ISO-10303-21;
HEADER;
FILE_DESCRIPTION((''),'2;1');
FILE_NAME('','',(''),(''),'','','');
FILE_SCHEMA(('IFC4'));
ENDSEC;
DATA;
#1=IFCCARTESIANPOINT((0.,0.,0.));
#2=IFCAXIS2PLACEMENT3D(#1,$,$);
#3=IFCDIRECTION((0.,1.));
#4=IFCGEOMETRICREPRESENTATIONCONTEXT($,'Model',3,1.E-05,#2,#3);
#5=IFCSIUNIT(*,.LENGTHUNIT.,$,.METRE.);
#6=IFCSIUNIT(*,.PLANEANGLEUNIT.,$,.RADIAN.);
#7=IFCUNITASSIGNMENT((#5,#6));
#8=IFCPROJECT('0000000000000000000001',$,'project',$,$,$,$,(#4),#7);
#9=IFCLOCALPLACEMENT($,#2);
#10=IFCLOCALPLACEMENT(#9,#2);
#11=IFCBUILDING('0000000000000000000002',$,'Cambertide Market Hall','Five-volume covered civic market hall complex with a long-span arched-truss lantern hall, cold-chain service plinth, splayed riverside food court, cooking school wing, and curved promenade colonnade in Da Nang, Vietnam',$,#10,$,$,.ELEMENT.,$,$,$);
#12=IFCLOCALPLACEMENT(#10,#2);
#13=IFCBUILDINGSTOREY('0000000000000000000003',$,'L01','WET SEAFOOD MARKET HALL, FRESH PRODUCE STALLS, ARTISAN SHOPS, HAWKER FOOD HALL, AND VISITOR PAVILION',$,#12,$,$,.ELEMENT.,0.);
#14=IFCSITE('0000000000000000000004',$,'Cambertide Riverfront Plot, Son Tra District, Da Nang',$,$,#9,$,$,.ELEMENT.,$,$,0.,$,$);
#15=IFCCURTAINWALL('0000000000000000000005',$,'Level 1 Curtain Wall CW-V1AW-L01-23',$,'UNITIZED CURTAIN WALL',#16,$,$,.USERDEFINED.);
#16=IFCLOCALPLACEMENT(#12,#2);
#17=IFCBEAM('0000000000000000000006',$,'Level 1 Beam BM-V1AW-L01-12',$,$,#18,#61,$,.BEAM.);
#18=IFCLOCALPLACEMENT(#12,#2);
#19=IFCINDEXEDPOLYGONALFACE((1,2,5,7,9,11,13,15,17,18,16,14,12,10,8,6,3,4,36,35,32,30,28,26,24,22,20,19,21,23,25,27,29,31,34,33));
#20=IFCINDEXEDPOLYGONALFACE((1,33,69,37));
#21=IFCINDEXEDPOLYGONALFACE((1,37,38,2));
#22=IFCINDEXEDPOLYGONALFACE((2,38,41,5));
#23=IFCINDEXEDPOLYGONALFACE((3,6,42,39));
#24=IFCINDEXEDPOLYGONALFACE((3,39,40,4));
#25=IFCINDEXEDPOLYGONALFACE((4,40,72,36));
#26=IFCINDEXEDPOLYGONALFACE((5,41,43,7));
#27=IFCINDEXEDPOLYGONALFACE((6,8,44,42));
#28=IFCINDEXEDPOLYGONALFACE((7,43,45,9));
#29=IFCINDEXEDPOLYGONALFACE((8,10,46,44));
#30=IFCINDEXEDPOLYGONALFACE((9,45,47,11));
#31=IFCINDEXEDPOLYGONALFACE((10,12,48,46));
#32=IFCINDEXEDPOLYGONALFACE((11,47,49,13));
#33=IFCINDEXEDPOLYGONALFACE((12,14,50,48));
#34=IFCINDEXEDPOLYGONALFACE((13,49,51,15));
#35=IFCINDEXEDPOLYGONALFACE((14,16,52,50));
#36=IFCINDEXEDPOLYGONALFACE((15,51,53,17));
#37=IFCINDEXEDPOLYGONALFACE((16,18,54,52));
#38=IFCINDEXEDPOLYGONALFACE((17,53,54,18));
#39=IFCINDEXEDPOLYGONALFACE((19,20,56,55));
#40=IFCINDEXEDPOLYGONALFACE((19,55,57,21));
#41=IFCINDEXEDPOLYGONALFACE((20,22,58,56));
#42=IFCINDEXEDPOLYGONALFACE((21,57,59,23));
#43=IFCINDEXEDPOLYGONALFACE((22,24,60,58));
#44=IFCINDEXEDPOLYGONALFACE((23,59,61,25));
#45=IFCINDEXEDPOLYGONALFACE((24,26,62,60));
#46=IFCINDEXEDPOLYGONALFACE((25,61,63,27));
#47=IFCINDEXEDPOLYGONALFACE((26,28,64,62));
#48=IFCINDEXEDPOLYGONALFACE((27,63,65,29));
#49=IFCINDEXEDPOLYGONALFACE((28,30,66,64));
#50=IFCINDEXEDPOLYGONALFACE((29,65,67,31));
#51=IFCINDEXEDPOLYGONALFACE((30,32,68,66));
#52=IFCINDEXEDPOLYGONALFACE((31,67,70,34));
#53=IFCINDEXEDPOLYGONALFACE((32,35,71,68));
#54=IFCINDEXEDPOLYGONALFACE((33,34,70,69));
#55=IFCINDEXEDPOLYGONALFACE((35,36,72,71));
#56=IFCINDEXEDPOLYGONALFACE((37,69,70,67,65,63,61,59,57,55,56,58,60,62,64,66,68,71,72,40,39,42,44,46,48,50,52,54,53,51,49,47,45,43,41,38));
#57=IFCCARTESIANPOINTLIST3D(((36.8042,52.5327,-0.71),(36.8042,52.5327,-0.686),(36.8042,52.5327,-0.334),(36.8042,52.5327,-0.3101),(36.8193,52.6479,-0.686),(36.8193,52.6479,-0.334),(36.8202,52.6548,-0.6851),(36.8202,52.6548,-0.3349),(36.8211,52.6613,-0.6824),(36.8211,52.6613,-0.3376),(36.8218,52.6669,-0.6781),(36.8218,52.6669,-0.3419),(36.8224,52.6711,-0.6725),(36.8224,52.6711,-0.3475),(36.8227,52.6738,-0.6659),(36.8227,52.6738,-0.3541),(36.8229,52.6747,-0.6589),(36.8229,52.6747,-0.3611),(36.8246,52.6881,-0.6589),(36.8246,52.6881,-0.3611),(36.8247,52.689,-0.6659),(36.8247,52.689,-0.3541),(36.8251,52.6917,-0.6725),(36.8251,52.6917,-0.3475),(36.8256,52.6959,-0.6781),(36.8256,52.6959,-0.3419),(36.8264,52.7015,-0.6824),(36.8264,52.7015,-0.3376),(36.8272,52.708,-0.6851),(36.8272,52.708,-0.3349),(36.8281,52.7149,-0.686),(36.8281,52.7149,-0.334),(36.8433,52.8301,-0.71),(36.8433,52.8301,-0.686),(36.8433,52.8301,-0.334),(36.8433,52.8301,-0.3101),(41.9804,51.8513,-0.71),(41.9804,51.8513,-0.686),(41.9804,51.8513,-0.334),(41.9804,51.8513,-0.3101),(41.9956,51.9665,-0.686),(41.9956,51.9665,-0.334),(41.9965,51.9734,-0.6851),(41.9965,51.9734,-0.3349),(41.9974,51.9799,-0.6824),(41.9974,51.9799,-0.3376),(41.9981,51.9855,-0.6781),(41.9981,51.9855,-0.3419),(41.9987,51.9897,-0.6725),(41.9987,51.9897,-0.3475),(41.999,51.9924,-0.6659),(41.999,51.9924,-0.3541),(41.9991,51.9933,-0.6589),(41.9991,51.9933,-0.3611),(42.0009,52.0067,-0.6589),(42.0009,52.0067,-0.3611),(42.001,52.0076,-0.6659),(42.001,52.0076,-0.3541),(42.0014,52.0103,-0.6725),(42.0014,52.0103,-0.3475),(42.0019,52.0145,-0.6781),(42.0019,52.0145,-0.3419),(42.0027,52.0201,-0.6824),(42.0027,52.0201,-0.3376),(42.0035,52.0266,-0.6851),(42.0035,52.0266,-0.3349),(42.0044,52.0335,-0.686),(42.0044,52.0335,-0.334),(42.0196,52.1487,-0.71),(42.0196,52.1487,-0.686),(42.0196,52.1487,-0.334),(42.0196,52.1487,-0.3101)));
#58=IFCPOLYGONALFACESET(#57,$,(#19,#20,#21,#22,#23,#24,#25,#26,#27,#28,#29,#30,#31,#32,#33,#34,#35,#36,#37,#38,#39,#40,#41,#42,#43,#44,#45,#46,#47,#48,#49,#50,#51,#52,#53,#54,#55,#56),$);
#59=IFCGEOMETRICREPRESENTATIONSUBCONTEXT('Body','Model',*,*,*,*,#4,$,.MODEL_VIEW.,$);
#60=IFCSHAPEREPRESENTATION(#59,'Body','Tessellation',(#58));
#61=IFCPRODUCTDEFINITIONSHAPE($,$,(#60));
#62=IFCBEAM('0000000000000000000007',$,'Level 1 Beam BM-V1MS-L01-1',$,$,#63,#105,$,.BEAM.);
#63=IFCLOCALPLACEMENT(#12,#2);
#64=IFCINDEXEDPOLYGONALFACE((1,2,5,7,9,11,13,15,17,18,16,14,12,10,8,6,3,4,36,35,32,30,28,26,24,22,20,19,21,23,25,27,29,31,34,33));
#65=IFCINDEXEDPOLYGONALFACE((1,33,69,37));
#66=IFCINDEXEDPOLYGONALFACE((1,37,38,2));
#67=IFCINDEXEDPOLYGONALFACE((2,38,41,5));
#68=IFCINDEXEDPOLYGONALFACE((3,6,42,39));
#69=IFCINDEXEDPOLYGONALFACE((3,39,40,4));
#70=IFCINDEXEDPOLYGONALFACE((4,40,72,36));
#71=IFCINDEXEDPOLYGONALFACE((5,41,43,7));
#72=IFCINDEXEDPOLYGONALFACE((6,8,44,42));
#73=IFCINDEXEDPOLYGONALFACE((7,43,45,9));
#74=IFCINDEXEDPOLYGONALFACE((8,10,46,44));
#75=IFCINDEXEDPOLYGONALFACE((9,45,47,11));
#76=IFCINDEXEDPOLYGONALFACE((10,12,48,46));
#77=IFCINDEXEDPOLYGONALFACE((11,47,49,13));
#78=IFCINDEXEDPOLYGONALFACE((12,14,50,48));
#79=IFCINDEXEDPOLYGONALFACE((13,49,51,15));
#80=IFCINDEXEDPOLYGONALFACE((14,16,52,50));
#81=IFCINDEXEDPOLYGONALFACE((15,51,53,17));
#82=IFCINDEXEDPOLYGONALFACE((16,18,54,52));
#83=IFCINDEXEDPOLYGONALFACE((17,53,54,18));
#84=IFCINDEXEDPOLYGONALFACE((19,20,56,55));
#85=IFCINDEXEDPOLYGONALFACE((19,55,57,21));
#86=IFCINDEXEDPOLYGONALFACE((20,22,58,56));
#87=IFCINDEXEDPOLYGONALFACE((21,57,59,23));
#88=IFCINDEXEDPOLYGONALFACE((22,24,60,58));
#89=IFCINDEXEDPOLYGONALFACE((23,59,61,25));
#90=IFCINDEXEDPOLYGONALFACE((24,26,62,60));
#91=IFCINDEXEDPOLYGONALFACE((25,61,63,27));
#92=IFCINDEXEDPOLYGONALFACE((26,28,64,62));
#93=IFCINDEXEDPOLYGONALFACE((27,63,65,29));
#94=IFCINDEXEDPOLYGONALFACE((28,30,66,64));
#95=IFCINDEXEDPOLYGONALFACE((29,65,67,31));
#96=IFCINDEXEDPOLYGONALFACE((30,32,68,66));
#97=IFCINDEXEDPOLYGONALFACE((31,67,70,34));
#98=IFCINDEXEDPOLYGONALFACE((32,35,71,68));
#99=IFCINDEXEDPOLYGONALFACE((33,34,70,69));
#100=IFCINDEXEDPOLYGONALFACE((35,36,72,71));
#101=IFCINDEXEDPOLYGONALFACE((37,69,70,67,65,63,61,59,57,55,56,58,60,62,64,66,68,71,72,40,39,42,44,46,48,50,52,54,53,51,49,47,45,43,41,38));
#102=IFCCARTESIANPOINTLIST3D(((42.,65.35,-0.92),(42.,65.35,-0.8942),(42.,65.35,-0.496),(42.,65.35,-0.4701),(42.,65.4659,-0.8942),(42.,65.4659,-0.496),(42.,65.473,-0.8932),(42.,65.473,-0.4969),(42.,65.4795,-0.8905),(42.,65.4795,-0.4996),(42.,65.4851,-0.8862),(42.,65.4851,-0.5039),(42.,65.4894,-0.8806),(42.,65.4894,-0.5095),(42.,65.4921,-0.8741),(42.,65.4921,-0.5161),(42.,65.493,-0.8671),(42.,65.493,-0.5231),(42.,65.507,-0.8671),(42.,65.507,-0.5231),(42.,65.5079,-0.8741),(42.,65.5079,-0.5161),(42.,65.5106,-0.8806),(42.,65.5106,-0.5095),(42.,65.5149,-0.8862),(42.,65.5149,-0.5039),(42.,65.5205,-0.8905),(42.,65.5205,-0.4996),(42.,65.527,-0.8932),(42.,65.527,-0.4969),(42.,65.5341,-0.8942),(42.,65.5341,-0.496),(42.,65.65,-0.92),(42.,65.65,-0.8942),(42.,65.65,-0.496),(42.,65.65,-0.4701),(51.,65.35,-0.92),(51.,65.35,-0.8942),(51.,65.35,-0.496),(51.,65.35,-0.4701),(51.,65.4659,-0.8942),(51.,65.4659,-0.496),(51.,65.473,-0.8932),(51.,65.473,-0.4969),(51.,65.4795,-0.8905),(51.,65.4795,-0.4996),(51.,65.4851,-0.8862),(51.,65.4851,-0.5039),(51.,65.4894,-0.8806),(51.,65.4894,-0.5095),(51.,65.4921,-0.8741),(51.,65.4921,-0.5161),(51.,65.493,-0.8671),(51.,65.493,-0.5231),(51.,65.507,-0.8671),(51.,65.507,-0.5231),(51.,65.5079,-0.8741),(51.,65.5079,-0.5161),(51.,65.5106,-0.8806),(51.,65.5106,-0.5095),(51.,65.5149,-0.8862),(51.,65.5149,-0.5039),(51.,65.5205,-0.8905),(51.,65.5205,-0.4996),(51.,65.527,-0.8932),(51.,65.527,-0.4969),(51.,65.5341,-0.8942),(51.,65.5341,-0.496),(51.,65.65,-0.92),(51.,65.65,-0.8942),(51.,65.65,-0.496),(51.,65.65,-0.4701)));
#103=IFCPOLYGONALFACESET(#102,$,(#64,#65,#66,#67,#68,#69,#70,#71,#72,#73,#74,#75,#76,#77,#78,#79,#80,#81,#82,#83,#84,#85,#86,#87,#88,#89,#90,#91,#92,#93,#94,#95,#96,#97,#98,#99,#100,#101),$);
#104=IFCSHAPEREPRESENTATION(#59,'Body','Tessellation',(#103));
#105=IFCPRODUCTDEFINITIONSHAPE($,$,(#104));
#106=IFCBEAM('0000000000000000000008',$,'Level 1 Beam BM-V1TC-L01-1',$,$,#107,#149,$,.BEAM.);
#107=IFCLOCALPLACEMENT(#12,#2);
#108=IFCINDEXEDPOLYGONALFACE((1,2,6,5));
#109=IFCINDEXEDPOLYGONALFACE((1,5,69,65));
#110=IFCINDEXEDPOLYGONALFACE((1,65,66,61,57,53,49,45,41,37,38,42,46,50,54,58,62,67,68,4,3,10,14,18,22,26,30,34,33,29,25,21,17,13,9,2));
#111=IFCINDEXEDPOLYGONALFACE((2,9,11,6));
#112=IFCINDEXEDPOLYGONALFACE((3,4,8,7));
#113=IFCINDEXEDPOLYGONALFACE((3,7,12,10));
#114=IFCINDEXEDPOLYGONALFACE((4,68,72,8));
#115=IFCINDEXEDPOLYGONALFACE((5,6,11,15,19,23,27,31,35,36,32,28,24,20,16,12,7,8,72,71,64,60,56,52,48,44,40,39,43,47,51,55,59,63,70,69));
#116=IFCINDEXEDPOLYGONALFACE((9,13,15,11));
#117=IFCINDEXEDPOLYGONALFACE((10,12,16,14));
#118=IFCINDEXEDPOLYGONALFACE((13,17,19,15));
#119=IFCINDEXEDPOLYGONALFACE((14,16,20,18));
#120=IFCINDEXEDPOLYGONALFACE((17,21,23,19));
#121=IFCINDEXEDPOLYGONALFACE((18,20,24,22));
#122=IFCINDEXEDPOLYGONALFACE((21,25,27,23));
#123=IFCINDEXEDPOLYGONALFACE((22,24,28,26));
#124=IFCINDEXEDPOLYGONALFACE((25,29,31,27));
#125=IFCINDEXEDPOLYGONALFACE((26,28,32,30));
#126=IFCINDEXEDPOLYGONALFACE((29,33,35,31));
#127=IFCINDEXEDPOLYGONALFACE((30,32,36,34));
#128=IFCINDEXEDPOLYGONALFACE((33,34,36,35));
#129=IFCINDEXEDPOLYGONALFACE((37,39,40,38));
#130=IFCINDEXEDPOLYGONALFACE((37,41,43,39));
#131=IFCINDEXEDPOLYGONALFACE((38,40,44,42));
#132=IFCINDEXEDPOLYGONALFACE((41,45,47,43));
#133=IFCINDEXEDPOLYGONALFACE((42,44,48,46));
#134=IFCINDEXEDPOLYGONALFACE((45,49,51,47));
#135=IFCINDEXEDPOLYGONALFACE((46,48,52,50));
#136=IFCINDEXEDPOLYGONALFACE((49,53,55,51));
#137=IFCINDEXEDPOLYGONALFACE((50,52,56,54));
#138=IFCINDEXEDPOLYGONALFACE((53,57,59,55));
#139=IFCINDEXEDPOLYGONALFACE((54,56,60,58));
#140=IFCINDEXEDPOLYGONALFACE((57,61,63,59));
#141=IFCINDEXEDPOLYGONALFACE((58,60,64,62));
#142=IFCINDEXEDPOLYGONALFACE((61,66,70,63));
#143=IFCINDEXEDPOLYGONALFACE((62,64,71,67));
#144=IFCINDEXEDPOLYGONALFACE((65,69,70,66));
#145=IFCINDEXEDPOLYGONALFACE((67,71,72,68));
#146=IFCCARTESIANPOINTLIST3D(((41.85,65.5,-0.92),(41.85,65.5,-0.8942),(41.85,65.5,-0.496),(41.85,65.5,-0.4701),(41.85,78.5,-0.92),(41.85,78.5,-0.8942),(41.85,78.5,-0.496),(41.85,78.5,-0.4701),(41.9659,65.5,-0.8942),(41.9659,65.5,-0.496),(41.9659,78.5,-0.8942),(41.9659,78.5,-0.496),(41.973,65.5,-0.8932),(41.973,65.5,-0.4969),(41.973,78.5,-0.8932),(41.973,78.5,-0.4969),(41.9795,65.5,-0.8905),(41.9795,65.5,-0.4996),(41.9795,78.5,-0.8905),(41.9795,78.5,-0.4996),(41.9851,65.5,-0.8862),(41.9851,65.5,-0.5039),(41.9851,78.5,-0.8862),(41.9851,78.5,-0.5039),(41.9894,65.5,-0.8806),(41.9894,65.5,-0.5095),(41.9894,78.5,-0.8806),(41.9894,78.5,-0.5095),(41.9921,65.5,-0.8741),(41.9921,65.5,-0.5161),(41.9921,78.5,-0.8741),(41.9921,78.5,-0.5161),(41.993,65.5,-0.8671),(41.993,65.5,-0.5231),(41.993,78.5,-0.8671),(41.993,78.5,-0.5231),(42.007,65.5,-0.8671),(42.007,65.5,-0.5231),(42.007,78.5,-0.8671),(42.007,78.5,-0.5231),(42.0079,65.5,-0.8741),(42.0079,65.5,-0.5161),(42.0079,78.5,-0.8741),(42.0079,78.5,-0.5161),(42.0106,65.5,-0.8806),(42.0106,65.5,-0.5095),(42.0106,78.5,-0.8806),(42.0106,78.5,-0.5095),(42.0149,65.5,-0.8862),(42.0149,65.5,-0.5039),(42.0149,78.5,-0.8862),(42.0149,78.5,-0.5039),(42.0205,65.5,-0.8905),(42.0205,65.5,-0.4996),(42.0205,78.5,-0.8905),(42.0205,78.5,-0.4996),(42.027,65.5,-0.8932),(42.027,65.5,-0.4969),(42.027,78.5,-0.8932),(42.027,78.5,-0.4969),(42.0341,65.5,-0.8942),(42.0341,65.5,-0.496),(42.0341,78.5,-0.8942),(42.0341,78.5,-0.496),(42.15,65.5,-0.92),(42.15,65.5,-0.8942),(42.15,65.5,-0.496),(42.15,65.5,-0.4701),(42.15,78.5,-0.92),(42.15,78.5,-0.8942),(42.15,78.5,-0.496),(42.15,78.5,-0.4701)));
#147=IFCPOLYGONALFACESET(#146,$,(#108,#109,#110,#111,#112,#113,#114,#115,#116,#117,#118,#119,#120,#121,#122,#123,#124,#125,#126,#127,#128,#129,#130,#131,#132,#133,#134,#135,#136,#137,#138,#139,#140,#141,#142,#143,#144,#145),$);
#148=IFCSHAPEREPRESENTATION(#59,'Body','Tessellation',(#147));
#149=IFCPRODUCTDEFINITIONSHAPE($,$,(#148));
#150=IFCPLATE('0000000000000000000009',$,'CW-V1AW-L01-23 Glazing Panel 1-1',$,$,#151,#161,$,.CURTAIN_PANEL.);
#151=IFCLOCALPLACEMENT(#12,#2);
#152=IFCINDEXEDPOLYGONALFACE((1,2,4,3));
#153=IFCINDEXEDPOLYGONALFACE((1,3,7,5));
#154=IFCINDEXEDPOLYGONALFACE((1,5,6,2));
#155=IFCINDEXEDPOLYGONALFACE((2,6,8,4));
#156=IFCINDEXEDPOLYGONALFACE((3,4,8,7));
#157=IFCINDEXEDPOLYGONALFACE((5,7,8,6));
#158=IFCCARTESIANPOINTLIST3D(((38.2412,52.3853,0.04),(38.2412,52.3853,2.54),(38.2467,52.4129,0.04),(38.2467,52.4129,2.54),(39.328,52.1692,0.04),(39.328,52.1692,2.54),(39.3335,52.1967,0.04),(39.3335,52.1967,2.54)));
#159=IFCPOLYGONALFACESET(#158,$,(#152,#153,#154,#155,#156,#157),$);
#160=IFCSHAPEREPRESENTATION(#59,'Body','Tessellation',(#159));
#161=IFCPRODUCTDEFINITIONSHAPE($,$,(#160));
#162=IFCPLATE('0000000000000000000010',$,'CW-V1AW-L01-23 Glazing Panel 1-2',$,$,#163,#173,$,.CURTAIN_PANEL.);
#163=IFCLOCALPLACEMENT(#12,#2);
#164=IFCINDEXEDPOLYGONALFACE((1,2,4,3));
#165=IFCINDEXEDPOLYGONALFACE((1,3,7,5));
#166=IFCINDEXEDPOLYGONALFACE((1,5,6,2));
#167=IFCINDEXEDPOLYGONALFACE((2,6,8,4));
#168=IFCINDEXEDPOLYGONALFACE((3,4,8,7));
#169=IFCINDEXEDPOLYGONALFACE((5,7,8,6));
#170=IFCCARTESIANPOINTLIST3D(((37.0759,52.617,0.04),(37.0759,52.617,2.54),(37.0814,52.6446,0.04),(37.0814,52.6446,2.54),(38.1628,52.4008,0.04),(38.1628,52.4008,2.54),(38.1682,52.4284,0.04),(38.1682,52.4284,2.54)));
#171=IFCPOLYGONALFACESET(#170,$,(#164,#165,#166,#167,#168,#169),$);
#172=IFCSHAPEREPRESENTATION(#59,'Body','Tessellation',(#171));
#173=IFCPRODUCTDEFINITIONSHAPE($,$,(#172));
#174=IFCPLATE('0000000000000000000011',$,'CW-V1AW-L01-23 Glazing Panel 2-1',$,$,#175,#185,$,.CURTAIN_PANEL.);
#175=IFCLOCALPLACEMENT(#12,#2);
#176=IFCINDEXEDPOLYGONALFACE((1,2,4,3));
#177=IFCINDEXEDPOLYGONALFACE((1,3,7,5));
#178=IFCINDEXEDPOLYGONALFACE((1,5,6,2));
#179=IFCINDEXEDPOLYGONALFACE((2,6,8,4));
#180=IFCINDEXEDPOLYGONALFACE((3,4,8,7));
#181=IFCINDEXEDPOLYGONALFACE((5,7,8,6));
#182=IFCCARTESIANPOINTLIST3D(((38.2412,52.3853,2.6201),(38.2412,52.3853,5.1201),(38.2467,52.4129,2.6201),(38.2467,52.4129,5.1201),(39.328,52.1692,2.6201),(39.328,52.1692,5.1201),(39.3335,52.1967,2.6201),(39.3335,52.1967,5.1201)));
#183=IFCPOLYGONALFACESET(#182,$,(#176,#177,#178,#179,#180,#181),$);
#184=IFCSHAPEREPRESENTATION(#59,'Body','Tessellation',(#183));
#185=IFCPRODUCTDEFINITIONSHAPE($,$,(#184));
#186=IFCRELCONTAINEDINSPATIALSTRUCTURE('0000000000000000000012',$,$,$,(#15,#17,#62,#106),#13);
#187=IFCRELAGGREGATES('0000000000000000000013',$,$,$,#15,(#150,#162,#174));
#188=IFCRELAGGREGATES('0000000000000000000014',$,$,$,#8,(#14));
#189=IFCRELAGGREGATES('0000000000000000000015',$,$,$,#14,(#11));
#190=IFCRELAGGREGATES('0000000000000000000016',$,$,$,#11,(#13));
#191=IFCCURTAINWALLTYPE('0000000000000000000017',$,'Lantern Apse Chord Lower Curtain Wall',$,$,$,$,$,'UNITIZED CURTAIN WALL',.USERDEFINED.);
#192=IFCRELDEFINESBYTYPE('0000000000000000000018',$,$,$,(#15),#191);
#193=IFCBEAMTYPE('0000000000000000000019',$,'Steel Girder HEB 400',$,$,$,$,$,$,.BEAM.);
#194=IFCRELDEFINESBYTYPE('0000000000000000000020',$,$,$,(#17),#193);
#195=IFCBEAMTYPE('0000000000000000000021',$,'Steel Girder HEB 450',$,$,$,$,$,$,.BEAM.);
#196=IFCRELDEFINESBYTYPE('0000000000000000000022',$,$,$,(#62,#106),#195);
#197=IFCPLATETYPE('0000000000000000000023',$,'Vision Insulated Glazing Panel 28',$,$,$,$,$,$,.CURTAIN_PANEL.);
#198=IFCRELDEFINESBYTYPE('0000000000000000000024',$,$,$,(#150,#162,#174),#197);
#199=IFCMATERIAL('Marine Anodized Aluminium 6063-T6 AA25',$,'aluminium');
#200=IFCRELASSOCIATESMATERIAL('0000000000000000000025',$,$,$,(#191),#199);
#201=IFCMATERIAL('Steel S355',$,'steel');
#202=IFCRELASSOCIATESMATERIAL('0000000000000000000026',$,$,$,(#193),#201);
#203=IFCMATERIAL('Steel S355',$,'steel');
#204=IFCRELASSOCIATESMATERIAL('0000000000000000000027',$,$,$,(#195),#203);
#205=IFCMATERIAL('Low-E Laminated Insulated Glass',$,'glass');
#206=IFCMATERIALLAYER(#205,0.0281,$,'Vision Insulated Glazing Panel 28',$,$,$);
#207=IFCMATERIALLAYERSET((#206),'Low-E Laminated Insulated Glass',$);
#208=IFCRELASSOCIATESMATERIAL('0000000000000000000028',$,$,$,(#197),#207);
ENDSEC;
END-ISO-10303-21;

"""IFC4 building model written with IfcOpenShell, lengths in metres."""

from ifc_helpers import new_model, si_unit, direction, frame, origin, origin_2d, place, context, subcontext, project, spatial, rectangle, i_section, extrude, material, layer, layer_set, material_profile, profile_set, type_object, element, aggregate, save


model = new_model("IFC4")

# Units and contexts
model_context = context("Model", 3, precision=1e-05, world=origin(), true_north=direction((0.0, 1.0)))
body_context = subcontext(model_context, "Body", "Model", "MODEL_VIEW")
ifc_project = project(units=[si_unit("LENGTHUNIT", "METRE"), si_unit("PLANEANGLEUNIT", "RADIAN")], contexts=[model_context])

# Site, building, storey
site_placement = place(None, origin())
site = spatial("IfcSite", under=ifc_project, at=site_placement, Name="Cambertide Riverfront Plot, Son Tra District, Da Nang", CompositionType="ELEMENT", RefElevation=0.0)
building_placement = place(site_placement, origin())
building = spatial("IfcBuilding", under=site, at=building_placement, Name="Cambertide Market Hall", Description="Five-volume covered civic market hall complex with a long-span arched-truss lantern hall, cold-chain service plinth, splayed riverside food court, cooking school wing, and curved promenade colonnade in Da Nang, Vietnam", CompositionType="ELEMENT")
storey_placement = place(building_placement, origin())
storey = spatial("IfcBuildingStorey", under=building, at=storey_placement, Name="L01", Description="WET SEAFOOD MARKET HALL, FRESH PRODUCE STALLS, ARTISAN SHOPS, HAWKER FOOD HALL, AND VISITOR PAVILION", CompositionType="ELEMENT", Elevation=0.0)

# Shared definitions
ifc_material_1 = material(Name="Marine Anodized Aluminium 6063-T6 AA25", Category="aluminium")
curtain_wall_type = type_object("IfcCurtainWallType", Name="Lantern Apse Chord Lower Curtain Wall", ElementType="UNITIZED CURTAIN WALL", PredefinedType="USERDEFINED", material=ifc_material_1)

# Curtain wall
curtain_wall_1_placement = place(storey_placement, origin())
curtain_wall_1 = element("IfcCurtainWall", 1, at=curtain_wall_1_placement, inside=storey, type_object=curtain_wall_type, Name="Level 1 Curtain Wall CW-V1AW-L01-23", ObjectType="UNITIZED CURTAIN WALL", PredefinedType="USERDEFINED")

# Beams
ifc_material_2 = material(Name="Steel S355", Category="steel")
ifc_material_profile_1 = material_profile(ifc_material_2, i_section(OverallWidth=0.3, OverallDepth=0.3999, WebThickness=0.0134, FlangeThickness=0.0239, FilletRadius=0.0271, at=origin_2d()), Name="HEB 400")
ifc_profile_set_1 = profile_set([ifc_material_profile_1], Name="Steel S355")
beam_type_1 = type_object("IfcBeamType", Name="Steel Girder HEB 400", PredefinedType="BEAM", material=ifc_profile_set_1)
beam_1_placement = place(storey_placement, frame((36.8237, 52.6814, -0.51), z_axis=(0.991447, -0.130513, 0.0), x_axis=(0.130513, 0.991447, 0.0)))
element("IfcBeam", 2, at=beam_1_placement, inside=storey, type_object=beam_type_1, Name="Level 1 Beam BM-V1AW-L01-12", PredefinedType="BEAM", context=body_context, shape_type="SweptSolid", body=[
    extrude(i_section(OverallWidth=0.3, OverallDepth=0.3999, WebThickness=0.0134, FlangeThickness=0.0239, FilletRadius=0.0271, at=origin_2d()), origin(), (0.0, 0.0, 1.0), 5.2209),
])
ifc_material_3 = material(Name="Steel S355", Category="steel")
ifc_material_profile_2 = material_profile(ifc_material_3, i_section(OverallWidth=0.3, OverallDepth=0.45, WebThickness=0.0139, FlangeThickness=0.0259, FilletRadius=0.0271, at=origin_2d()), Name="HEB 450")
ifc_profile_set_2 = profile_set([ifc_material_profile_2], Name="Steel S355")
beam_type_2 = type_object("IfcBeamType", Name="Steel Girder HEB 450", PredefinedType="BEAM", material=ifc_profile_set_2)
beam_2_placement = place(storey_placement, frame((42.0, 65.5, -0.6951), z_axis=(1.0, 0.0, 0.0), x_axis=(0.0, 1.0, 0.0)))
element("IfcBeam", 3, at=beam_2_placement, inside=storey, type_object=beam_type_2, Name="Level 1 Beam BM-V1MS-L01-1", PredefinedType="BEAM", context=body_context, shape_type="SweptSolid", body=[
    extrude(i_section(OverallWidth=0.3, OverallDepth=0.45, WebThickness=0.0139, FlangeThickness=0.0259, FilletRadius=0.0271, at=origin_2d()), origin(), (0.0, 0.0, 1.0), 9.0),
])
beam_3_placement = place(storey_placement, frame((42.0, 65.5, -0.6951), z_axis=(0.0, 1.0, 0.0), x_axis=(-1.0, 0.0, 0.0)))
element("IfcBeam", 4, at=beam_3_placement, inside=storey, type_object=beam_type_2, Name="Level 1 Beam BM-V1TC-L01-1", PredefinedType="BEAM", context=body_context, shape_type="SweptSolid", body=[
    extrude(i_section(OverallWidth=0.3, OverallDepth=0.45, WebThickness=0.0139, FlangeThickness=0.0259, FilletRadius=0.0271, at=origin_2d()), origin(), (0.0, 0.0, 1.0), 13.0),
])

# Plates
ifc_material_4 = material(Name="Low-E Laminated Insulated Glass", Category="glass")
ifc_layer_1 = layer(ifc_material_4, 0.0281, Name="Vision Insulated Glazing Panel 28")
ifc_layer_set_1 = layer_set([ifc_layer_1], Name="Low-E Laminated Insulated Glass")
plate_type = type_object("IfcPlateType", Name="Vision Insulated Glazing Panel 28", PredefinedType="CURTAIN_PANEL", material=ifc_layer_set_1)
plate_1_placement = place(storey_placement, frame((38.7874, 52.291, 0.04), z_axis=(0.0, 0.0, 1.0), x_axis=(-0.980785, 0.19509, 0.0)))
plate_1 = element("IfcPlate", 5, at=plate_1_placement, type_object=plate_type, Name="CW-V1AW-L01-23 Glazing Panel 1-1", PredefinedType="CURTAIN_PANEL", context=body_context, shape_type="SweptSolid", body=[
    extrude(rectangle(XDim=1.1082, YDim=0.0281, at=origin_2d()), origin(), (0.0, 0.0, 1.0), 2.5),
])
plate_2_placement = place(storey_placement, frame((37.6221, 52.5227, 0.04), z_axis=(0.0, 0.0, 1.0), x_axis=(-0.980785, 0.19509, 0.0)))
plate_2 = element("IfcPlate", 6, at=plate_2_placement, type_object=plate_type, Name="CW-V1AW-L01-23 Glazing Panel 1-2", PredefinedType="CURTAIN_PANEL", context=body_context, shape_type="SweptSolid", body=[
    extrude(rectangle(XDim=1.1082, YDim=0.0281, at=origin_2d()), origin(), (0.0, 0.0, 1.0), 2.5),
])
plate_3_placement = place(storey_placement, frame((38.7874, 52.291, 2.6201), z_axis=(0.0, 0.0, 1.0), x_axis=(-0.980785, 0.19509, 0.0)))
plate_3 = element("IfcPlate", 7, at=plate_3_placement, type_object=plate_type, Name="CW-V1AW-L01-23 Glazing Panel 2-1", PredefinedType="CURTAIN_PANEL", context=body_context, shape_type="SweptSolid", body=[
    extrude(rectangle(XDim=1.1082, YDim=0.0281, at=origin_2d()), origin(), (0.0, 0.0, 1.0), 2.5),
])
aggregate(curtain_wall_1, [plate_1, plate_2, plate_3])

save(model, "model.ifc")
